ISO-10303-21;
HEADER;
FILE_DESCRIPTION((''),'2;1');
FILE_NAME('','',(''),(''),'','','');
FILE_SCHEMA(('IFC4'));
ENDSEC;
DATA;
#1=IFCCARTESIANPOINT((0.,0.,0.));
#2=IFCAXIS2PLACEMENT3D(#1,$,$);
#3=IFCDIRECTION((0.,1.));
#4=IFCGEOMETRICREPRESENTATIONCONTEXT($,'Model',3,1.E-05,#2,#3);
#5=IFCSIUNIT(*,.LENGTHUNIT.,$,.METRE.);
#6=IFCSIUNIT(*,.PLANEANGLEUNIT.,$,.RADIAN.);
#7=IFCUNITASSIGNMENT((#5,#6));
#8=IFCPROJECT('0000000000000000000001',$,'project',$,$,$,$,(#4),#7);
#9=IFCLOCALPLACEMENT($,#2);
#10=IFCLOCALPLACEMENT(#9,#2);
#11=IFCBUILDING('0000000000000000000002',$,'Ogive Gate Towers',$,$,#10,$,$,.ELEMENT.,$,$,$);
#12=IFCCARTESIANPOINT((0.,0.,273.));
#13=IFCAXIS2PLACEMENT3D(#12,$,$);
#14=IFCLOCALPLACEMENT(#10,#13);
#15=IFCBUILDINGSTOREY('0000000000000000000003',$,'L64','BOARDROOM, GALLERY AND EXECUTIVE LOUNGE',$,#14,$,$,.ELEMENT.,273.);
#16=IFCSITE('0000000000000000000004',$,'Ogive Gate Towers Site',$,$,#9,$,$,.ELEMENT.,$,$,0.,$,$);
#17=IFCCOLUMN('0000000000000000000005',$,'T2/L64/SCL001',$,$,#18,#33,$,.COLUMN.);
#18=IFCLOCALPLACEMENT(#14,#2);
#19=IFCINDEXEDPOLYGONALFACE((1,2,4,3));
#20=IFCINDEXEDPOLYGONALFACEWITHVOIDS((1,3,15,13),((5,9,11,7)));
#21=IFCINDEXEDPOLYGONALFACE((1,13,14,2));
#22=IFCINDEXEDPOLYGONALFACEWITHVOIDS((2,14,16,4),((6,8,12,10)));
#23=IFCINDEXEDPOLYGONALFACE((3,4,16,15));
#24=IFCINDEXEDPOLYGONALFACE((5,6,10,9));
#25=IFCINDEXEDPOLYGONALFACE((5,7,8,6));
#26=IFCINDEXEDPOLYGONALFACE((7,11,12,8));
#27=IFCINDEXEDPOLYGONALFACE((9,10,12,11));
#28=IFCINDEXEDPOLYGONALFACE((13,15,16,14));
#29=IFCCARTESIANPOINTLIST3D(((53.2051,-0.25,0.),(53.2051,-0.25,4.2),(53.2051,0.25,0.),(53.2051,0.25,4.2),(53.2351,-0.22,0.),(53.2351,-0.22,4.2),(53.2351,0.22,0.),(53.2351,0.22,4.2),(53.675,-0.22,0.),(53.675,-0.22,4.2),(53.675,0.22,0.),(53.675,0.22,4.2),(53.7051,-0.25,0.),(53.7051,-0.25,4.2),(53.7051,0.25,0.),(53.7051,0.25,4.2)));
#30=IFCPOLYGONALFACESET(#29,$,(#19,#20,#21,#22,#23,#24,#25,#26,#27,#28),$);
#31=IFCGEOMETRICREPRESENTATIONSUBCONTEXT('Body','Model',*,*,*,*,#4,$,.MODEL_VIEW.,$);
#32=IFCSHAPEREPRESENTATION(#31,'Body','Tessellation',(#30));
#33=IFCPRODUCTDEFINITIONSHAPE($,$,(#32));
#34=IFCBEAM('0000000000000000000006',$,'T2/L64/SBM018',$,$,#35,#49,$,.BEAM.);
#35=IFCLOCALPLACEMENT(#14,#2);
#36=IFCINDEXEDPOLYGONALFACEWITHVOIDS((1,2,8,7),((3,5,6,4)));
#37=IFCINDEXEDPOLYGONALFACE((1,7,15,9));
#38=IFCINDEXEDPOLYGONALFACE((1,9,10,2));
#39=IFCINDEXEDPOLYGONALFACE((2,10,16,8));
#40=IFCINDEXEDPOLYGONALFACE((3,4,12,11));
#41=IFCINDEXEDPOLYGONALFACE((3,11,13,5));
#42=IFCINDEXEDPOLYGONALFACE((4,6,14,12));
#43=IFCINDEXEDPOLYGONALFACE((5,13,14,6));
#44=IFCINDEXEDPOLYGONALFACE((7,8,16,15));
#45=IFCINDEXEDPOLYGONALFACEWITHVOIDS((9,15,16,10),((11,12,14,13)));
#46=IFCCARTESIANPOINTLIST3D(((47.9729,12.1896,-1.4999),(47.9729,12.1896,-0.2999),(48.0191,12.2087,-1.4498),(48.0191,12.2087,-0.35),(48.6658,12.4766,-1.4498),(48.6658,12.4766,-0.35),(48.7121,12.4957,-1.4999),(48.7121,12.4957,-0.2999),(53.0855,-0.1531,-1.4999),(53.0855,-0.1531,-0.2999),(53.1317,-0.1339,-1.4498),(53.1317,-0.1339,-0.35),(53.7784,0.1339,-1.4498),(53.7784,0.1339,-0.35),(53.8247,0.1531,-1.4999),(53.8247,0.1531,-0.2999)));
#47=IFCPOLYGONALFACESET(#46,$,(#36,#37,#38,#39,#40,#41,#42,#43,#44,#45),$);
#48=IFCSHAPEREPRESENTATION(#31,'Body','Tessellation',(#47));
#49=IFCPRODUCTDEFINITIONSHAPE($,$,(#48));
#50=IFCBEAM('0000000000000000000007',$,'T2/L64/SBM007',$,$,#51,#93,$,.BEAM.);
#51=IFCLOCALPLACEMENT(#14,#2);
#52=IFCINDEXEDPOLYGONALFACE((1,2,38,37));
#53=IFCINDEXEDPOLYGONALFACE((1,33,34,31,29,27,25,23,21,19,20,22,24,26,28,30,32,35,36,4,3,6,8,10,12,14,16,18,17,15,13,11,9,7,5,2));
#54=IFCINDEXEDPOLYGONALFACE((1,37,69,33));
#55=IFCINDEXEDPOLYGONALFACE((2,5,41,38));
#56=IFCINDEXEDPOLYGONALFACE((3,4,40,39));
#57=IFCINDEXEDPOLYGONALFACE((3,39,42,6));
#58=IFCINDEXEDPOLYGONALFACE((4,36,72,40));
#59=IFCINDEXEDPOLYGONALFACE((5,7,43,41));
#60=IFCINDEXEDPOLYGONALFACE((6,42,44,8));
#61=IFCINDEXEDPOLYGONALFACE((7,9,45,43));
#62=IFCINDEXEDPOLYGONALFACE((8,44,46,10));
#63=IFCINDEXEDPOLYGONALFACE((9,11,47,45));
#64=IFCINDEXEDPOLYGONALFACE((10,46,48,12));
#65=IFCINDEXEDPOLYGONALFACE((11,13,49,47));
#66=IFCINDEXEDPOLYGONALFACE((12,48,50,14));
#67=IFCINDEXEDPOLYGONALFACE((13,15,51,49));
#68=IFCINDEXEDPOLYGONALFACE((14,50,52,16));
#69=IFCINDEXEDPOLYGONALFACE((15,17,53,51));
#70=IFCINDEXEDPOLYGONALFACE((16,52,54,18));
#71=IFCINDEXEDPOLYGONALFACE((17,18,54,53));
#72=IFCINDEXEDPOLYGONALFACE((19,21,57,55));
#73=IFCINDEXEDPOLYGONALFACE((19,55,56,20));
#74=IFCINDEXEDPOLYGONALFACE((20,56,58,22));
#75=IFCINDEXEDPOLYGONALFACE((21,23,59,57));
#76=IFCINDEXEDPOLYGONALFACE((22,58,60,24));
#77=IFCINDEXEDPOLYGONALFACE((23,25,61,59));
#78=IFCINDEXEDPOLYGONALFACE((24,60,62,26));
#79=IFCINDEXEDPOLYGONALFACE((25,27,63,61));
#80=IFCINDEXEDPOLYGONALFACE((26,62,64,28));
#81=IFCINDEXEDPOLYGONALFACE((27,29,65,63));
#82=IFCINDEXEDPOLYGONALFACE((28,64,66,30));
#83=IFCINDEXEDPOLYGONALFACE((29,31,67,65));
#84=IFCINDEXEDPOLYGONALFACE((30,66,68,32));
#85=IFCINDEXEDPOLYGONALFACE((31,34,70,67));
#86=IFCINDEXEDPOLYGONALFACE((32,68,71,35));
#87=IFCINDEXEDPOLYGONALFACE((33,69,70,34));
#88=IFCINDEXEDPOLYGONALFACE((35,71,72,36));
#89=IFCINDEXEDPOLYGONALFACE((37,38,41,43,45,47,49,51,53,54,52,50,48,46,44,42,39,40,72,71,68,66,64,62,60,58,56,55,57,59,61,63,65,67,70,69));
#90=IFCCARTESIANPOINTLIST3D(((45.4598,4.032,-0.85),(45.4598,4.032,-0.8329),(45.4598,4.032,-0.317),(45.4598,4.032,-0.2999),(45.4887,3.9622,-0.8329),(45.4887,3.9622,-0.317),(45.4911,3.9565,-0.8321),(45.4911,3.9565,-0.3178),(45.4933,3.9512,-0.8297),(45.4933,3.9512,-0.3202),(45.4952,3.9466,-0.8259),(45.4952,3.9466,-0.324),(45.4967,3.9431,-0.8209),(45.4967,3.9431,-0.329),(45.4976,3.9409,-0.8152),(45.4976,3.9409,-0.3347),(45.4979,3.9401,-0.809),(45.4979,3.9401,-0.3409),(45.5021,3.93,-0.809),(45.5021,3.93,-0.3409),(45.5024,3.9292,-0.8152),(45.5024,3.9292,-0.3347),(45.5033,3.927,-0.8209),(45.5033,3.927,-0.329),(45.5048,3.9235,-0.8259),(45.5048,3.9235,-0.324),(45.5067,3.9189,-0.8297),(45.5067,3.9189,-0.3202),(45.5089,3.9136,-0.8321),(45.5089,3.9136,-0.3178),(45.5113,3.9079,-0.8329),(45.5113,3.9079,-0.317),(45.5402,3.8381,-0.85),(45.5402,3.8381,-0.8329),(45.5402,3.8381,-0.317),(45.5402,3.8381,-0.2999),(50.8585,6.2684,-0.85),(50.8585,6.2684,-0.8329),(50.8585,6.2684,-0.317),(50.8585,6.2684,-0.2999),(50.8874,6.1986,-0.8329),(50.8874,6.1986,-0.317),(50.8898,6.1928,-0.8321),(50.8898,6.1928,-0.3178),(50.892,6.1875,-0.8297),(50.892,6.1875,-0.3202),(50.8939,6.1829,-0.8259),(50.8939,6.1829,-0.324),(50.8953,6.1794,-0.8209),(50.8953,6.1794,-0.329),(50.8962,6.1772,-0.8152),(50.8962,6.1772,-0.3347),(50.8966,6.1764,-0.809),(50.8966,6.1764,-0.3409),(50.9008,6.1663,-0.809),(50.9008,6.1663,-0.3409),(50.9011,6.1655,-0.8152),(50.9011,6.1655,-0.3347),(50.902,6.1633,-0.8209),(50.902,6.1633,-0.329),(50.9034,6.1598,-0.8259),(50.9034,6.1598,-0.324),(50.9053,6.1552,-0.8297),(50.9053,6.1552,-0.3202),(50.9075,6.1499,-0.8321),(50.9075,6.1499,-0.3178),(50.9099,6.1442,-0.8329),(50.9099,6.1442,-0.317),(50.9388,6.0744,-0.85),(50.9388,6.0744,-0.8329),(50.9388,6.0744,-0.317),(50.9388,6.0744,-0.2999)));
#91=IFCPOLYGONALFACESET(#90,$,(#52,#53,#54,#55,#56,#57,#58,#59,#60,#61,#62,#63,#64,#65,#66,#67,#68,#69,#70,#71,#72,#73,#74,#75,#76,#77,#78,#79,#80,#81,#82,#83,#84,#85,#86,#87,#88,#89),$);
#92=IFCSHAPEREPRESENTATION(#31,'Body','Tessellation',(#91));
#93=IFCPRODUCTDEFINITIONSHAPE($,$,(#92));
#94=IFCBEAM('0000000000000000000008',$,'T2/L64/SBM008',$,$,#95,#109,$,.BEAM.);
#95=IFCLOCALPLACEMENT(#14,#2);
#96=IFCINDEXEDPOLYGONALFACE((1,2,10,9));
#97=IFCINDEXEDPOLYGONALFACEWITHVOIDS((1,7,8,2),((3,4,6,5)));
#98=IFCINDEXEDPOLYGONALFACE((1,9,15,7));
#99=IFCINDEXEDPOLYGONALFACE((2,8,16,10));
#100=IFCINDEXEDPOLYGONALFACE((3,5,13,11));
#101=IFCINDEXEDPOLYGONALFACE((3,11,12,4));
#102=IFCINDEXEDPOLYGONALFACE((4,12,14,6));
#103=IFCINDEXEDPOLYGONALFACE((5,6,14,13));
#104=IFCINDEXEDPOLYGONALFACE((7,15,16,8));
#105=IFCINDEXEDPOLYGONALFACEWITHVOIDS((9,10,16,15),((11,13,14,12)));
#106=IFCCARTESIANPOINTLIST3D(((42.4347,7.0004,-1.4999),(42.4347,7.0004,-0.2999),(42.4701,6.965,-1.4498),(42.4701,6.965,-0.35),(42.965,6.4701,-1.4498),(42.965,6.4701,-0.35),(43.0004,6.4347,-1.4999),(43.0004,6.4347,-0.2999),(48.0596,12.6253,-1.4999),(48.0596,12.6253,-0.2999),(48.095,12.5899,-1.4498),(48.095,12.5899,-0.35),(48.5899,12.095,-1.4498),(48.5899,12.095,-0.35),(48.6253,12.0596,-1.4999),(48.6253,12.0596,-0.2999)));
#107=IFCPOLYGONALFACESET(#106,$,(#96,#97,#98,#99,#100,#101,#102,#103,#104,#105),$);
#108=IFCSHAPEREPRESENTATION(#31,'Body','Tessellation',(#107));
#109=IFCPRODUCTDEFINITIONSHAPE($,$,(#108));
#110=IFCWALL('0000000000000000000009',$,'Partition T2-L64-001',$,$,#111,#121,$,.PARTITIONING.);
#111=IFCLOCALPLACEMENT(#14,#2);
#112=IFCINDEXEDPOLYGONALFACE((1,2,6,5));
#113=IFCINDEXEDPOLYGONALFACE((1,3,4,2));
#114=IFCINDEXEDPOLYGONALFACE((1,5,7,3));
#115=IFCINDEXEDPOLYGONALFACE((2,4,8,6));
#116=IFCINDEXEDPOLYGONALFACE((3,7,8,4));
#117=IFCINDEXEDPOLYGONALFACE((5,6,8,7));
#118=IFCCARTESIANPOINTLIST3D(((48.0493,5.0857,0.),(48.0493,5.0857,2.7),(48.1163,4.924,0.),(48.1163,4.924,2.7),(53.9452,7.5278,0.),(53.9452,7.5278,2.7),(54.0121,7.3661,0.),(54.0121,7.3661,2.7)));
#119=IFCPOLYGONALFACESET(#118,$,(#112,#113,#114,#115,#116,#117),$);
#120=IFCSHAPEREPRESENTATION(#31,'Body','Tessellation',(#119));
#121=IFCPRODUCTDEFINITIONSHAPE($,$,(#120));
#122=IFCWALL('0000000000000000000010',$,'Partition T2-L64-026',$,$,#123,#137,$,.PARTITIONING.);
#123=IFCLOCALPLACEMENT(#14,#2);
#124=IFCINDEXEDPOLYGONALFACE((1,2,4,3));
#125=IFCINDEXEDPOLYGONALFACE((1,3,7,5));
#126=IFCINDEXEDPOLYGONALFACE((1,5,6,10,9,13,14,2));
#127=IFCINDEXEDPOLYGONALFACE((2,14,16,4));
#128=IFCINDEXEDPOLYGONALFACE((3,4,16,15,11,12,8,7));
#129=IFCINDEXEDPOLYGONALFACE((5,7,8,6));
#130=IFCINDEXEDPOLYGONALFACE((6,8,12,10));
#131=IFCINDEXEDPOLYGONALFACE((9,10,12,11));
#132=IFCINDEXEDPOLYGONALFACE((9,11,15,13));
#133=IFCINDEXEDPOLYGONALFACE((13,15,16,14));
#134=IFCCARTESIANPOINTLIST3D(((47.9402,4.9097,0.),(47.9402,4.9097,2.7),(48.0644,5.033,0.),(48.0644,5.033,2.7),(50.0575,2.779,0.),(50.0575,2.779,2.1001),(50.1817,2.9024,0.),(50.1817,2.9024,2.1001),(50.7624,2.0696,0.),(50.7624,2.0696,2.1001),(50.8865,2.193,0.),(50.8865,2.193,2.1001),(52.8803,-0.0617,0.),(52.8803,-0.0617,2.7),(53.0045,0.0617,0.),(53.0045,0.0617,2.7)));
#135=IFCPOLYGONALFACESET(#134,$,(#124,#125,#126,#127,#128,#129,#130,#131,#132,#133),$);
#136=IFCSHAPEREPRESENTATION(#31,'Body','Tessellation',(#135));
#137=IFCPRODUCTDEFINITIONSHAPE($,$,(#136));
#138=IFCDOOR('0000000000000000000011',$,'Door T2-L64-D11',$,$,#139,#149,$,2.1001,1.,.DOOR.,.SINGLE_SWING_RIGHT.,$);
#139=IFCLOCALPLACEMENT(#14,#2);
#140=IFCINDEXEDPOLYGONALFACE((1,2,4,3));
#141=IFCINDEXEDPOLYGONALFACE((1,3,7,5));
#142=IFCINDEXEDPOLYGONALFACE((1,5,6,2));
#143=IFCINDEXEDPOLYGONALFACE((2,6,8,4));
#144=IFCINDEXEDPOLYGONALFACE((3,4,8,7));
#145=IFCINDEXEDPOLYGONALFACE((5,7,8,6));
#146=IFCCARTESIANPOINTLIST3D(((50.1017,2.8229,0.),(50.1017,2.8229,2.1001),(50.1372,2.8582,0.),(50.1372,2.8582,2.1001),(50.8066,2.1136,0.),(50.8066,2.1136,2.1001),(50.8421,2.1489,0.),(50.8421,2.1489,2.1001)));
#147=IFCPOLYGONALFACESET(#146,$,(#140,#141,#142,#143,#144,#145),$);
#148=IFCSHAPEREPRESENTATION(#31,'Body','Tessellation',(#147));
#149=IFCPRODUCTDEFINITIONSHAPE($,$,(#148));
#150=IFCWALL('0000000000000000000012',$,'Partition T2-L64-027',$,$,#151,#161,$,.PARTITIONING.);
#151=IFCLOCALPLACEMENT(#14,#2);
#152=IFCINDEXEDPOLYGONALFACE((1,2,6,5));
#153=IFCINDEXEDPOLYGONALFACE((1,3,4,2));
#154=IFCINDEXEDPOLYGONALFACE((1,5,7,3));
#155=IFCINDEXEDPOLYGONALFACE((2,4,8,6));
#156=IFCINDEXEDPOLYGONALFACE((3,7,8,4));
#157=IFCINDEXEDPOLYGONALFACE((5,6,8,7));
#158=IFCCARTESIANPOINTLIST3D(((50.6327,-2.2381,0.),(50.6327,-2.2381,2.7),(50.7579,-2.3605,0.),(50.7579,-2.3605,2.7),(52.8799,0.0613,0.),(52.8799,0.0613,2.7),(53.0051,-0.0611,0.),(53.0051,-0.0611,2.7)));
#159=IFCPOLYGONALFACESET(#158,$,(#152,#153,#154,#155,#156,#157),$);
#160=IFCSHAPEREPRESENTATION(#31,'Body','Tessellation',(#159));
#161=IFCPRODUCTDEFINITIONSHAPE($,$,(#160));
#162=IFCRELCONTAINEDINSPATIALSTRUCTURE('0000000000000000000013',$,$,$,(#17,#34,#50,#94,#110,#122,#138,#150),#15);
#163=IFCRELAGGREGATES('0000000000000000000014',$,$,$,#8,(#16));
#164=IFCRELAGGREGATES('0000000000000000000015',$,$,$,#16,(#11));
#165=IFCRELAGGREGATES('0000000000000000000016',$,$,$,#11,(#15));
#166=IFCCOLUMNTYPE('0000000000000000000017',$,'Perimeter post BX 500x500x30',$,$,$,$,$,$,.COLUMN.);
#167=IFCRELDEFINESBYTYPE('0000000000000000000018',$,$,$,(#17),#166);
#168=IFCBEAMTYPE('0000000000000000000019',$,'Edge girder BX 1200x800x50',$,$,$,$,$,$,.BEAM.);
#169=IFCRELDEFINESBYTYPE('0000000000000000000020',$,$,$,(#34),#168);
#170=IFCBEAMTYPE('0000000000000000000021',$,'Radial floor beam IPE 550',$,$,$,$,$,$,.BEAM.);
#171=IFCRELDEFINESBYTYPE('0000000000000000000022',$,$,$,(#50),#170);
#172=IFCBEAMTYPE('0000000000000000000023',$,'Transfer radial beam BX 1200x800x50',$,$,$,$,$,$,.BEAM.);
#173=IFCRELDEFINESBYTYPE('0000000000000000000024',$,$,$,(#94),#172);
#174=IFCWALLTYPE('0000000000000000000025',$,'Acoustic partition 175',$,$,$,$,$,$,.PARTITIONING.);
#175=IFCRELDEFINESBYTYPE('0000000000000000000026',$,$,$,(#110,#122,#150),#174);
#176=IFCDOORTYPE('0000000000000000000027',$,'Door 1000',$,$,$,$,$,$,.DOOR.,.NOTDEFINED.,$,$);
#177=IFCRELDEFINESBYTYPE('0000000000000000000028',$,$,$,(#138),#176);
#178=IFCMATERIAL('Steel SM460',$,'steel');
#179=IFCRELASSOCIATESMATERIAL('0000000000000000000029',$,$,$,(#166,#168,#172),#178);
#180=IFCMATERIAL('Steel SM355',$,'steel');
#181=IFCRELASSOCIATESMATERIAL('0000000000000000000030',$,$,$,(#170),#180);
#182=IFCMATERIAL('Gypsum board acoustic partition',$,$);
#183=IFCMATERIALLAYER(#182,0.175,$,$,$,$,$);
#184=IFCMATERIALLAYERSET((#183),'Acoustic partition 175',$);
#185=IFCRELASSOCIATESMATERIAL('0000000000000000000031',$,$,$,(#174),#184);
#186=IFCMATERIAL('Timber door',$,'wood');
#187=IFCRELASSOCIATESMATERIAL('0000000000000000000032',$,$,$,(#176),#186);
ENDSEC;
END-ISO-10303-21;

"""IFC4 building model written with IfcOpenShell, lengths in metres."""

from ifc_helpers import new_model, si_unit, direction, frame, frame_2d, origin, origin_2d, place, context, subcontext, project, spatial, rectangle, hollow_rectangle, i_section, extrude, material, layer, layer_set, material_profile, profile_set, type_object, element, fill, save


model = new_model("IFC4")

# Units and contexts
model_context = context("Model", 3, precision=1e-05, world=origin(), true_north=direction((0.0, 1.0)))
body_context = subcontext(model_context, "Body", "Model", "MODEL_VIEW")
ifc_project = project(units=[si_unit("LENGTHUNIT", "METRE"), si_unit("PLANEANGLEUNIT", "RADIAN")], contexts=[model_context])

# Site, building, storey
site_placement = place(None, origin())
site = spatial("IfcSite", under=ifc_project, at=site_placement, Name="Ogive Gate Towers Site", CompositionType="ELEMENT", RefElevation=0.0)
building_placement = place(site_placement, origin())
building = spatial("IfcBuilding", under=site, at=building_placement, Name="Ogive Gate Towers", CompositionType="ELEMENT")
storey_placement = place(building_placement, frame((0.0, 0.0, 273.0)))
storey = spatial("IfcBuildingStorey", under=building, at=storey_placement, Name="L64", Description="BOARDROOM, GALLERY AND EXECUTIVE LOUNGE", CompositionType="ELEMENT", Elevation=273.0)

# Column
ifc_material_1 = material(Name="Steel SM460", Category="steel")
ifc_material_profile_1 = material_profile(ifc_material_1, hollow_rectangle(XDim=0.5, YDim=0.5, WallThickness=0.03, at=origin_2d()), Name="BX 500x500x30")
ifc_profile_set_1 = profile_set([ifc_material_profile_1], Name="Steel SM460")
column_type = type_object("IfcColumnType", Name="Perimeter post BX 500x500x30", PredefinedType="COLUMN", material=ifc_profile_set_1)
column_placement = place(storey_placement, frame((53.4551, 0.0, 0.0), z_axis=(0.0, 0.0, 1.0), x_axis=(1.0, 0.0, 0.0)))
element("IfcColumn", 1, at=column_placement, inside=storey, type_object=column_type, Name="T2/L64/SCL001", PredefinedType="COLUMN", context=body_context, shape_type="SweptSolid", body=[
    extrude(hollow_rectangle(XDim=0.5, YDim=0.5, WallThickness=0.03, at=origin_2d()), origin(), (0.0, 0.0, 1.0), 4.2),
])

# Beams
ifc_material_profile_2 = material_profile(ifc_material_1, hollow_rectangle(XDim=0.8, YDim=1.2, WallThickness=0.05, at=origin_2d()), Name="BX 1200x800x50")
ifc_profile_set_2 = profile_set([ifc_material_profile_2], Name="Steel SM460")
beam_type_1 = type_object("IfcBeamType", Name="Edge girder BX 1200x800x50", PredefinedType="BEAM", material=ifc_profile_set_2)
beam_1_placement = place(storey_placement, frame((53.4551, 0.0, -0.8999), z_axis=(-0.38269, 0.923877, 0.0), x_axis=(-0.923877, -0.38269, 0.0)))
element("IfcBeam", 2, at=beam_1_placement, inside=storey, type_object=beam_type_1, Name="T2/L64/SBM018", PredefinedType="BEAM", context=body_context, shape_type="SweptSolid", body=[
    extrude(hollow_rectangle(XDim=0.8, YDim=1.2, WallThickness=0.05, at=origin_2d()), origin(), (0.0, 0.0, 1.0), 13.3596),
])
ifc_material_2 = material(Name="Steel SM355", Category="steel")
ifc_material_profile_3 = material_profile(ifc_material_2, i_section(OverallWidth=0.21, OverallDepth=0.55, WebThickness=0.011, FlangeThickness=0.0171, FilletRadius=0.0239, at=origin_2d()), Name="IPE 550")
ifc_profile_set_3 = profile_set([ifc_material_profile_3], Name="Steel SM355")
beam_type_2 = type_object("IfcBeamType", Name="Radial floor beam IPE 550", PredefinedType="BEAM", material=ifc_profile_set_3)
beam_2_placement = place(storey_placement, frame((45.5, 3.9351, -0.575), z_axis=(0.923872, 0.382701, 0.0), x_axis=(-0.382701, 0.923872, 0.0)))
element("IfcBeam", 3, at=beam_2_placement, inside=storey, type_object=beam_type_2, Name="T2/L64/SBM007", PredefinedType="BEAM", context=body_context, shape_type="SweptSolid", body=[
    extrude(i_section(OverallWidth=0.21, OverallDepth=0.55, WebThickness=0.011, FlangeThickness=0.0171, FilletRadius=0.0239, at=origin_2d()), origin(), (0.0, 0.0, 1.0), 5.8435),
])
ifc_material_profile_4 = material_profile(ifc_material_1, hollow_rectangle(XDim=0.8, YDim=1.2, WallThickness=0.05, at=origin_2d()), Name="BX 1200x800x50")
ifc_profile_set_4 = profile_set([ifc_material_profile_4], Name="Steel SM460")
beam_type_3 = type_object("IfcBeamType", Name="Transfer radial beam BX 1200x800x50", PredefinedType="BEAM", material=ifc_profile_set_4)
beam_3_placement = place(storey_placement, frame((42.7175, 6.7175, -0.8999), z_axis=(0.707107, 0.707107, 0.0), x_axis=(-0.707107, 0.707107, 0.0)))
element("IfcBeam", 4, at=beam_3_placement, inside=storey, type_object=beam_type_3, Name="T2/L64/SBM008", PredefinedType="BEAM", context=body_context, shape_type="SweptSolid", body=[
    extrude(hollow_rectangle(XDim=0.8, YDim=1.2, WallThickness=0.05, at=origin_2d()), origin(), (0.0, 0.0, 1.0), 7.9548),
])

# Wall
ifc_material_3 = material(Name="Gypsum board acoustic partition")
ifc_layer_1 = layer(ifc_material_3, 0.175)
ifc_layer_set_1 = layer_set([ifc_layer_1], Name="Acoustic partition 175")
wall_type_1 = type_object("IfcWallType", Name="Acoustic partition 175", PredefinedType="PARTITIONING", material=ifc_layer_set_1)
wall_1_placement = place(storey_placement, frame((53.9788, 7.447, 0.0), z_axis=(0.0, 0.0, 1.0), x_axis=(-0.923877, -0.382689, 0.0)))
element("IfcWall", 5, at=wall_1_placement, inside=storey, type_object=wall_type_1, Name="Partition T2-L64-001", PredefinedType="PARTITIONING", context=body_context, shape_type="SweptSolid", body=[
    extrude(rectangle(XDim=6.3816, YDim=0.175, at=frame_2d((3.1909, 0.0))), origin(), (0.0, 0.0, 1.0), 2.7),
])

# Wall, opening, door
wall_2_placement = place(storey_placement, frame((48.0022, 4.9714, 0.0), z_axis=(0.0, 0.0, 1.0), x_axis=(0.704874, -0.709333, 0.0)))
wall_2 = element("IfcWall", 6, at=wall_2_placement, inside=storey, type_object=wall_type_1, Name="Partition T2-L64-026", PredefinedType="PARTITIONING", context=body_context, shape_type="SweptSolid", body=[
    extrude(rectangle(XDim=7.0085, YDim=0.175, at=frame_2d((3.5044, 0.0))), origin(), (0.0, 0.0, 1.0), 2.7),
])
opening_1_placement = place(wall_2_placement, frame((3.0039, 0.0, 0.0)))
opening_1 = element("IfcOpeningElement", 7, at=opening_1_placement, cuts=wall_2, PredefinedType="OPENING", context=body_context, shape_type="SweptSolid", body=[
    extrude(rectangle(XDim=1.0, YDim=2.1001, at=frame_2d((0.5, 1.05))), frame((0.0, 0.0977, 0.0), z_axis=(0.0, -1.0, 0.0), x_axis=(1.0, 0.0, 0.0)), (0.0, 0.0, 1.0), 0.1951),
])
ifc_material_4 = material(Name="Timber door", Category="wood")
door_type_1 = type_object("IfcDoorType", Name="Door 1000", OperationType="NOTDEFINED", PredefinedType="DOOR", material=ifc_material_4)
door_1_placement = place(opening_1_placement, origin())
door_1 = element("IfcDoor", 8, at=door_1_placement, inside=storey, type_object=door_type_1, Name="Door T2-L64-D11", OperationType="SINGLE_SWING_RIGHT", OverallHeight=2.1001, OverallWidth=1.0, PredefinedType="DOOR", context=body_context, shape_type="SweptSolid", body=[
    extrude(rectangle(XDim=1.0, YDim=2.1001, at=frame_2d((0.5, 1.05))), frame((0.0, 0.0249, 0.0), z_axis=(0.0, -1.0, 0.0), x_axis=(1.0, 0.0, 0.0)), (0.0, 0.0, 1.0), 0.05),
])
fill(opening_1, door_1)

# Wall
wall_3_placement = place(storey_placement, frame((52.9424, 0.0, 0.0), z_axis=(0.0, 0.0, 1.0), x_axis=(-0.698935, -0.715185, 0.0)))
element("IfcWall", 9, at=wall_3_placement, inside=storey, type_object=wall_type_1, Name="Partition T2-L64-027", PredefinedType="PARTITIONING", context=body_context, shape_type="SweptSolid", body=[
    extrude(rectangle(XDim=3.2151, YDim=0.175, at=frame_2d((1.6074, 0.0))), origin(), (0.0, 0.0, 1.0), 2.7),
])

save(model, "model.ifc")
